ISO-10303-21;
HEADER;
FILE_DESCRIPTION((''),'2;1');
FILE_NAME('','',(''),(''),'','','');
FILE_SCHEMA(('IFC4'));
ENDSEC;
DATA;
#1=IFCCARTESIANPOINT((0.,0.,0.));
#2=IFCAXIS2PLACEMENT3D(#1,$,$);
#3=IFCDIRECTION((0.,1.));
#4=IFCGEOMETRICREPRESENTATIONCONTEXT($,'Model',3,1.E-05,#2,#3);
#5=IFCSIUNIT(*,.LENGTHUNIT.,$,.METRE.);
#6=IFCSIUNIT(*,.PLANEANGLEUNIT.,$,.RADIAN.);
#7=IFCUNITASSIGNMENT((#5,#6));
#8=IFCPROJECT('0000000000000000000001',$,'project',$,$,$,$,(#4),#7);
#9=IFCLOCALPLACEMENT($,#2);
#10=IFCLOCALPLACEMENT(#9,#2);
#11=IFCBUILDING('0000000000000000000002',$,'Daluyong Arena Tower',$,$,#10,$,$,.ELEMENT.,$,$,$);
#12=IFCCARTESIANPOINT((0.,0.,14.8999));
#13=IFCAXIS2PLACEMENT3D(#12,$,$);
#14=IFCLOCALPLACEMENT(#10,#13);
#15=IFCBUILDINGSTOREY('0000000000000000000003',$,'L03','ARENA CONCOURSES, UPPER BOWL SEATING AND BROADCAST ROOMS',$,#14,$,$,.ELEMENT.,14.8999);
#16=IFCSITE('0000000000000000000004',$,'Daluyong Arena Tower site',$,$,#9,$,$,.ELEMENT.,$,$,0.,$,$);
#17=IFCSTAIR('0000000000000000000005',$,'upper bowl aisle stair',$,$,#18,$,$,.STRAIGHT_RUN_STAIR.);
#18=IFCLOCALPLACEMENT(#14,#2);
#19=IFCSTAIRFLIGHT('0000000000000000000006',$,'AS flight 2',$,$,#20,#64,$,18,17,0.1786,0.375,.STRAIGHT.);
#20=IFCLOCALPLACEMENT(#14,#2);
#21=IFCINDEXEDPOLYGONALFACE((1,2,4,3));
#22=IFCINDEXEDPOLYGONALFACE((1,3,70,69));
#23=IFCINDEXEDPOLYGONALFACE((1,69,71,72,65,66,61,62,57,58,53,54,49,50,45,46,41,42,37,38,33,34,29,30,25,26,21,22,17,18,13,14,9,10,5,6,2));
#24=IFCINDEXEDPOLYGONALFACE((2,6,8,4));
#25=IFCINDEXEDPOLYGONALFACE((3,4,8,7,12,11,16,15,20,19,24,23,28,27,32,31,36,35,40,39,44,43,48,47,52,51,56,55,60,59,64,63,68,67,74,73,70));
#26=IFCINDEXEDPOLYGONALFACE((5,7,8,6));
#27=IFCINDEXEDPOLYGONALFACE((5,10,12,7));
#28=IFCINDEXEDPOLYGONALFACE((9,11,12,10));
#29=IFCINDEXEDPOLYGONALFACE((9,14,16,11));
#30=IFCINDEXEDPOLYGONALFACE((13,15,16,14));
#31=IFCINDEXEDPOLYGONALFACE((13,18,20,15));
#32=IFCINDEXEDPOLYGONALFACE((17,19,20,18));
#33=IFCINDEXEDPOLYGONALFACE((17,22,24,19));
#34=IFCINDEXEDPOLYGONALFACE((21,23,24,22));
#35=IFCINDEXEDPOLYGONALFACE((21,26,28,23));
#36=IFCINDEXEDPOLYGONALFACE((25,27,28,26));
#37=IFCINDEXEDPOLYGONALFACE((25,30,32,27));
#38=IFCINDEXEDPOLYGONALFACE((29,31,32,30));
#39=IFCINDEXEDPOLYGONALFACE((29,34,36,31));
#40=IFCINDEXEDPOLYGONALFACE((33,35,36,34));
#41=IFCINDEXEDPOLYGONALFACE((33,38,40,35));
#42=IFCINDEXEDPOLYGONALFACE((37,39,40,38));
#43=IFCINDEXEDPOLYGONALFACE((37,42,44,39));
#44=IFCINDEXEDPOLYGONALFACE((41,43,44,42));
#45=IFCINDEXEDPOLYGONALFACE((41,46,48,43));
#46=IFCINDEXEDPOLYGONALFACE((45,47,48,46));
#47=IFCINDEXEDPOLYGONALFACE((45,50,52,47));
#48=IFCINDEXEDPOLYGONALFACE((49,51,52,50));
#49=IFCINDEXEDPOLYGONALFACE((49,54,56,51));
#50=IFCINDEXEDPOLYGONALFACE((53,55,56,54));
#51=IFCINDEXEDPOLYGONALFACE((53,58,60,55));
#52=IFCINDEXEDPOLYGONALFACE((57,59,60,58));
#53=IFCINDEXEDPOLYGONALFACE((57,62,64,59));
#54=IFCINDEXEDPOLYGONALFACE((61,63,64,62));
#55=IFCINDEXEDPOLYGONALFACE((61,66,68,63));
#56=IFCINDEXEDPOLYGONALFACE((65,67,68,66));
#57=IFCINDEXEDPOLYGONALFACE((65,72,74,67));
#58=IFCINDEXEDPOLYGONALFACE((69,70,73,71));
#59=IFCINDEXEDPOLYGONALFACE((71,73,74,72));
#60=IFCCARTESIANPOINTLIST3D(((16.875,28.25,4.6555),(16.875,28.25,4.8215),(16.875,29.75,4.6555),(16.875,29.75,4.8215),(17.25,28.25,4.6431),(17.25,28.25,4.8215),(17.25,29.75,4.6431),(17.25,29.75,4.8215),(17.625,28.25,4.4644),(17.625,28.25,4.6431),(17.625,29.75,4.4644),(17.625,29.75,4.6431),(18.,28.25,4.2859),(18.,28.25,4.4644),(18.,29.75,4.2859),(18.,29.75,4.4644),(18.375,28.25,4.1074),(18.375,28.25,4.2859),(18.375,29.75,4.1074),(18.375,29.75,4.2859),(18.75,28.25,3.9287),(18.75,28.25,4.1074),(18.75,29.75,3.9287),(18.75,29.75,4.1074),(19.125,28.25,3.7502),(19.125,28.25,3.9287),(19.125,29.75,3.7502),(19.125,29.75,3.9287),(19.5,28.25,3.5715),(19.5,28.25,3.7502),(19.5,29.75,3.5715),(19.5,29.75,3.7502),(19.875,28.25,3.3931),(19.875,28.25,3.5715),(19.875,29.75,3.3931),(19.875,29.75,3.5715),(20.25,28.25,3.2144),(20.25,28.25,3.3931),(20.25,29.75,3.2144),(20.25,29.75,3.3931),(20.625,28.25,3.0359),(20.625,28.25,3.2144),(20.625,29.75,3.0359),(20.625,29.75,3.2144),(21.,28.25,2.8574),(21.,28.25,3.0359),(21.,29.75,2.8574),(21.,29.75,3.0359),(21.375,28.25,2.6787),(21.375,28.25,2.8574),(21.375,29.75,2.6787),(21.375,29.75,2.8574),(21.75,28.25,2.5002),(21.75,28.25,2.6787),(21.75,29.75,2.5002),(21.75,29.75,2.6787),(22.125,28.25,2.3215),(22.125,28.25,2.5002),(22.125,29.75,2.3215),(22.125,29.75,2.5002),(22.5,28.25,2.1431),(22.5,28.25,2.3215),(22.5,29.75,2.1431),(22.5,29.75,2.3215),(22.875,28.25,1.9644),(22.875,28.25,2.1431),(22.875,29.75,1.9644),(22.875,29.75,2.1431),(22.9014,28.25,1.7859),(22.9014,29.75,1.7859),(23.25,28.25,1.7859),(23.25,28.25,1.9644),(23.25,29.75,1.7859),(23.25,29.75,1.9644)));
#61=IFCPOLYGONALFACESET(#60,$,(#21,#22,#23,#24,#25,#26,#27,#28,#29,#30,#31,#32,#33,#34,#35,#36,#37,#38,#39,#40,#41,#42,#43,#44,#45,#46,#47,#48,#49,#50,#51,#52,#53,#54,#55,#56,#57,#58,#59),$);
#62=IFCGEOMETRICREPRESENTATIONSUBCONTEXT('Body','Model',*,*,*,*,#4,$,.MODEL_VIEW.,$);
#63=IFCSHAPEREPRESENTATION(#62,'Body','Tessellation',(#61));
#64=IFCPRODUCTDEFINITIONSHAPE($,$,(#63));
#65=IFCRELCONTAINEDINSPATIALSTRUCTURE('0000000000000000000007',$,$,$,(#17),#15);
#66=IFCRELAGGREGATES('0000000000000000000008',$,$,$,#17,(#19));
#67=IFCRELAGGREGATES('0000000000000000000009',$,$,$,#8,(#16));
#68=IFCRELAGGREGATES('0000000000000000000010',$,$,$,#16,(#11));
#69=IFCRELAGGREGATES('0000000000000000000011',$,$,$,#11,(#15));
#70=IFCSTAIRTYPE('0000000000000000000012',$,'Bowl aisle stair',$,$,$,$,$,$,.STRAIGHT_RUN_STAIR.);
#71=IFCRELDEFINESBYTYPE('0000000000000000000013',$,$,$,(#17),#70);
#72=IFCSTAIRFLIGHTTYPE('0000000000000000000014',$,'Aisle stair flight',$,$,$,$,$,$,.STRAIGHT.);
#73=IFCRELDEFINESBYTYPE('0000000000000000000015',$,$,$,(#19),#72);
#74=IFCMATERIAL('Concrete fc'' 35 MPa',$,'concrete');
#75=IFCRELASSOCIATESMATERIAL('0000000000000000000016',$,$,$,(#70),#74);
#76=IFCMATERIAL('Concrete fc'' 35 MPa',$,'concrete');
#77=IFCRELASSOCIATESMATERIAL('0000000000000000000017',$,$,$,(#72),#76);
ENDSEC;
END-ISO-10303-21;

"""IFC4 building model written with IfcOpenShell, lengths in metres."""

from ifc_helpers import new_model, si_unit, direction, frame, origin, place, context, subcontext, project, spatial, polyline, outline, extrude, material, type_object, element, aggregate, save


model = new_model("IFC4")

# Units and contexts
model_context = context("Model", 3, precision=1e-05, world=origin(), true_north=direction((0.0, 1.0)))
body_context = subcontext(model_context, "Body", "Model", "MODEL_VIEW")
ifc_project = project(units=[si_unit("LENGTHUNIT", "METRE"), si_unit("PLANEANGLEUNIT", "RADIAN")], contexts=[model_context])

# Site, building, storey
site_placement = place(None, origin())
site = spatial("IfcSite", under=ifc_project, at=site_placement, Name="Daluyong Arena Tower site", CompositionType="ELEMENT", RefElevation=0.0)
building_placement = place(site_placement, origin())
building = spatial("IfcBuilding", under=site, at=building_placement, Name="Daluyong Arena Tower", CompositionType="ELEMENT")
storey_placement = place(building_placement, frame((0.0, 0.0, 14.8999)))
storey = spatial("IfcBuildingStorey", under=building, at=storey_placement, Name="L03", Description="ARENA CONCOURSES, UPPER BOWL SEATING AND BROADCAST ROOMS", CompositionType="ELEMENT", Elevation=14.8999)

# Stair, stair flight
ifc_material_1 = material(Name="Concrete fc' 35 MPa", Category="concrete")
stair_type = type_object("IfcStairType", Name="Bowl aisle stair", PredefinedType="STRAIGHT_RUN_STAIR", material=ifc_material_1)
stair_placement = place(storey_placement, origin())
stair = element("IfcStair", 1, at=stair_placement, inside=storey, type_object=stair_type, Name="upper bowl aisle stair", PredefinedType="STRAIGHT_RUN_STAIR")
ifc_material_2 = material(Name="Concrete fc' 35 MPa", Category="concrete")
stair_flight_type = type_object("IfcStairFlightType", Name="Aisle stair flight", PredefinedType="STRAIGHT", material=ifc_material_2)
stair_flight_placement = place(storey_placement, frame((23.25, 29.0, 1.7859), z_axis=(0.0, 0.0, 1.0), x_axis=(-1.0, 0.0, 0.0)))
stair_flight = element("IfcStairFlight", 2, at=stair_flight_placement, type_object=stair_flight_type, Name="AS flight 2", NumberOfRisers=18, NumberOfTreads=17, PredefinedType="STRAIGHT", RiserHeight=0.1786, TreadLength=0.375, context=body_context, shape_type="SweptSolid", body=[
    extrude(outline(polyline([(0.0, 0.0), (0.0, 0.1785), (0.375, 0.1785), (0.375, 0.3572), (0.75, 0.3572), (0.75, 0.5356), (1.125, 0.5356), (1.125, 0.7144), (1.5, 0.7144), (1.5, 0.8928), (1.875, 0.8928), (1.875, 1.0715), (2.25, 1.0715), (2.25, 1.25), (2.625, 1.25), (2.625, 1.4285), (3.0, 1.4285), (3.0, 1.6072), (3.375, 1.6072), (3.375, 1.7856), (3.75, 1.7856), (3.75, 1.9644), (4.125, 1.9644), (4.125, 2.1428), (4.5, 2.1428), (4.5, 2.3215), (4.875, 2.3215), (4.875, 2.5), (5.25, 2.5), (5.25, 2.6785), (5.625, 2.6785), (5.625, 2.8572), (6.0, 2.8572), (6.0, 3.0356), (6.375, 3.0356), (6.375, 3.2144), (6.375, 2.8696), (0.3486, 0.0), (0.0, 0.0)])), frame((0.0, 0.75, 0.0), z_axis=(0.0, -1.0, 0.0), x_axis=(1.0, 0.0, 0.0)), (0.0, 0.0, 1.0), 1.5),
])
aggregate(stair, [stair_flight])

save(model, "model.ifc")
